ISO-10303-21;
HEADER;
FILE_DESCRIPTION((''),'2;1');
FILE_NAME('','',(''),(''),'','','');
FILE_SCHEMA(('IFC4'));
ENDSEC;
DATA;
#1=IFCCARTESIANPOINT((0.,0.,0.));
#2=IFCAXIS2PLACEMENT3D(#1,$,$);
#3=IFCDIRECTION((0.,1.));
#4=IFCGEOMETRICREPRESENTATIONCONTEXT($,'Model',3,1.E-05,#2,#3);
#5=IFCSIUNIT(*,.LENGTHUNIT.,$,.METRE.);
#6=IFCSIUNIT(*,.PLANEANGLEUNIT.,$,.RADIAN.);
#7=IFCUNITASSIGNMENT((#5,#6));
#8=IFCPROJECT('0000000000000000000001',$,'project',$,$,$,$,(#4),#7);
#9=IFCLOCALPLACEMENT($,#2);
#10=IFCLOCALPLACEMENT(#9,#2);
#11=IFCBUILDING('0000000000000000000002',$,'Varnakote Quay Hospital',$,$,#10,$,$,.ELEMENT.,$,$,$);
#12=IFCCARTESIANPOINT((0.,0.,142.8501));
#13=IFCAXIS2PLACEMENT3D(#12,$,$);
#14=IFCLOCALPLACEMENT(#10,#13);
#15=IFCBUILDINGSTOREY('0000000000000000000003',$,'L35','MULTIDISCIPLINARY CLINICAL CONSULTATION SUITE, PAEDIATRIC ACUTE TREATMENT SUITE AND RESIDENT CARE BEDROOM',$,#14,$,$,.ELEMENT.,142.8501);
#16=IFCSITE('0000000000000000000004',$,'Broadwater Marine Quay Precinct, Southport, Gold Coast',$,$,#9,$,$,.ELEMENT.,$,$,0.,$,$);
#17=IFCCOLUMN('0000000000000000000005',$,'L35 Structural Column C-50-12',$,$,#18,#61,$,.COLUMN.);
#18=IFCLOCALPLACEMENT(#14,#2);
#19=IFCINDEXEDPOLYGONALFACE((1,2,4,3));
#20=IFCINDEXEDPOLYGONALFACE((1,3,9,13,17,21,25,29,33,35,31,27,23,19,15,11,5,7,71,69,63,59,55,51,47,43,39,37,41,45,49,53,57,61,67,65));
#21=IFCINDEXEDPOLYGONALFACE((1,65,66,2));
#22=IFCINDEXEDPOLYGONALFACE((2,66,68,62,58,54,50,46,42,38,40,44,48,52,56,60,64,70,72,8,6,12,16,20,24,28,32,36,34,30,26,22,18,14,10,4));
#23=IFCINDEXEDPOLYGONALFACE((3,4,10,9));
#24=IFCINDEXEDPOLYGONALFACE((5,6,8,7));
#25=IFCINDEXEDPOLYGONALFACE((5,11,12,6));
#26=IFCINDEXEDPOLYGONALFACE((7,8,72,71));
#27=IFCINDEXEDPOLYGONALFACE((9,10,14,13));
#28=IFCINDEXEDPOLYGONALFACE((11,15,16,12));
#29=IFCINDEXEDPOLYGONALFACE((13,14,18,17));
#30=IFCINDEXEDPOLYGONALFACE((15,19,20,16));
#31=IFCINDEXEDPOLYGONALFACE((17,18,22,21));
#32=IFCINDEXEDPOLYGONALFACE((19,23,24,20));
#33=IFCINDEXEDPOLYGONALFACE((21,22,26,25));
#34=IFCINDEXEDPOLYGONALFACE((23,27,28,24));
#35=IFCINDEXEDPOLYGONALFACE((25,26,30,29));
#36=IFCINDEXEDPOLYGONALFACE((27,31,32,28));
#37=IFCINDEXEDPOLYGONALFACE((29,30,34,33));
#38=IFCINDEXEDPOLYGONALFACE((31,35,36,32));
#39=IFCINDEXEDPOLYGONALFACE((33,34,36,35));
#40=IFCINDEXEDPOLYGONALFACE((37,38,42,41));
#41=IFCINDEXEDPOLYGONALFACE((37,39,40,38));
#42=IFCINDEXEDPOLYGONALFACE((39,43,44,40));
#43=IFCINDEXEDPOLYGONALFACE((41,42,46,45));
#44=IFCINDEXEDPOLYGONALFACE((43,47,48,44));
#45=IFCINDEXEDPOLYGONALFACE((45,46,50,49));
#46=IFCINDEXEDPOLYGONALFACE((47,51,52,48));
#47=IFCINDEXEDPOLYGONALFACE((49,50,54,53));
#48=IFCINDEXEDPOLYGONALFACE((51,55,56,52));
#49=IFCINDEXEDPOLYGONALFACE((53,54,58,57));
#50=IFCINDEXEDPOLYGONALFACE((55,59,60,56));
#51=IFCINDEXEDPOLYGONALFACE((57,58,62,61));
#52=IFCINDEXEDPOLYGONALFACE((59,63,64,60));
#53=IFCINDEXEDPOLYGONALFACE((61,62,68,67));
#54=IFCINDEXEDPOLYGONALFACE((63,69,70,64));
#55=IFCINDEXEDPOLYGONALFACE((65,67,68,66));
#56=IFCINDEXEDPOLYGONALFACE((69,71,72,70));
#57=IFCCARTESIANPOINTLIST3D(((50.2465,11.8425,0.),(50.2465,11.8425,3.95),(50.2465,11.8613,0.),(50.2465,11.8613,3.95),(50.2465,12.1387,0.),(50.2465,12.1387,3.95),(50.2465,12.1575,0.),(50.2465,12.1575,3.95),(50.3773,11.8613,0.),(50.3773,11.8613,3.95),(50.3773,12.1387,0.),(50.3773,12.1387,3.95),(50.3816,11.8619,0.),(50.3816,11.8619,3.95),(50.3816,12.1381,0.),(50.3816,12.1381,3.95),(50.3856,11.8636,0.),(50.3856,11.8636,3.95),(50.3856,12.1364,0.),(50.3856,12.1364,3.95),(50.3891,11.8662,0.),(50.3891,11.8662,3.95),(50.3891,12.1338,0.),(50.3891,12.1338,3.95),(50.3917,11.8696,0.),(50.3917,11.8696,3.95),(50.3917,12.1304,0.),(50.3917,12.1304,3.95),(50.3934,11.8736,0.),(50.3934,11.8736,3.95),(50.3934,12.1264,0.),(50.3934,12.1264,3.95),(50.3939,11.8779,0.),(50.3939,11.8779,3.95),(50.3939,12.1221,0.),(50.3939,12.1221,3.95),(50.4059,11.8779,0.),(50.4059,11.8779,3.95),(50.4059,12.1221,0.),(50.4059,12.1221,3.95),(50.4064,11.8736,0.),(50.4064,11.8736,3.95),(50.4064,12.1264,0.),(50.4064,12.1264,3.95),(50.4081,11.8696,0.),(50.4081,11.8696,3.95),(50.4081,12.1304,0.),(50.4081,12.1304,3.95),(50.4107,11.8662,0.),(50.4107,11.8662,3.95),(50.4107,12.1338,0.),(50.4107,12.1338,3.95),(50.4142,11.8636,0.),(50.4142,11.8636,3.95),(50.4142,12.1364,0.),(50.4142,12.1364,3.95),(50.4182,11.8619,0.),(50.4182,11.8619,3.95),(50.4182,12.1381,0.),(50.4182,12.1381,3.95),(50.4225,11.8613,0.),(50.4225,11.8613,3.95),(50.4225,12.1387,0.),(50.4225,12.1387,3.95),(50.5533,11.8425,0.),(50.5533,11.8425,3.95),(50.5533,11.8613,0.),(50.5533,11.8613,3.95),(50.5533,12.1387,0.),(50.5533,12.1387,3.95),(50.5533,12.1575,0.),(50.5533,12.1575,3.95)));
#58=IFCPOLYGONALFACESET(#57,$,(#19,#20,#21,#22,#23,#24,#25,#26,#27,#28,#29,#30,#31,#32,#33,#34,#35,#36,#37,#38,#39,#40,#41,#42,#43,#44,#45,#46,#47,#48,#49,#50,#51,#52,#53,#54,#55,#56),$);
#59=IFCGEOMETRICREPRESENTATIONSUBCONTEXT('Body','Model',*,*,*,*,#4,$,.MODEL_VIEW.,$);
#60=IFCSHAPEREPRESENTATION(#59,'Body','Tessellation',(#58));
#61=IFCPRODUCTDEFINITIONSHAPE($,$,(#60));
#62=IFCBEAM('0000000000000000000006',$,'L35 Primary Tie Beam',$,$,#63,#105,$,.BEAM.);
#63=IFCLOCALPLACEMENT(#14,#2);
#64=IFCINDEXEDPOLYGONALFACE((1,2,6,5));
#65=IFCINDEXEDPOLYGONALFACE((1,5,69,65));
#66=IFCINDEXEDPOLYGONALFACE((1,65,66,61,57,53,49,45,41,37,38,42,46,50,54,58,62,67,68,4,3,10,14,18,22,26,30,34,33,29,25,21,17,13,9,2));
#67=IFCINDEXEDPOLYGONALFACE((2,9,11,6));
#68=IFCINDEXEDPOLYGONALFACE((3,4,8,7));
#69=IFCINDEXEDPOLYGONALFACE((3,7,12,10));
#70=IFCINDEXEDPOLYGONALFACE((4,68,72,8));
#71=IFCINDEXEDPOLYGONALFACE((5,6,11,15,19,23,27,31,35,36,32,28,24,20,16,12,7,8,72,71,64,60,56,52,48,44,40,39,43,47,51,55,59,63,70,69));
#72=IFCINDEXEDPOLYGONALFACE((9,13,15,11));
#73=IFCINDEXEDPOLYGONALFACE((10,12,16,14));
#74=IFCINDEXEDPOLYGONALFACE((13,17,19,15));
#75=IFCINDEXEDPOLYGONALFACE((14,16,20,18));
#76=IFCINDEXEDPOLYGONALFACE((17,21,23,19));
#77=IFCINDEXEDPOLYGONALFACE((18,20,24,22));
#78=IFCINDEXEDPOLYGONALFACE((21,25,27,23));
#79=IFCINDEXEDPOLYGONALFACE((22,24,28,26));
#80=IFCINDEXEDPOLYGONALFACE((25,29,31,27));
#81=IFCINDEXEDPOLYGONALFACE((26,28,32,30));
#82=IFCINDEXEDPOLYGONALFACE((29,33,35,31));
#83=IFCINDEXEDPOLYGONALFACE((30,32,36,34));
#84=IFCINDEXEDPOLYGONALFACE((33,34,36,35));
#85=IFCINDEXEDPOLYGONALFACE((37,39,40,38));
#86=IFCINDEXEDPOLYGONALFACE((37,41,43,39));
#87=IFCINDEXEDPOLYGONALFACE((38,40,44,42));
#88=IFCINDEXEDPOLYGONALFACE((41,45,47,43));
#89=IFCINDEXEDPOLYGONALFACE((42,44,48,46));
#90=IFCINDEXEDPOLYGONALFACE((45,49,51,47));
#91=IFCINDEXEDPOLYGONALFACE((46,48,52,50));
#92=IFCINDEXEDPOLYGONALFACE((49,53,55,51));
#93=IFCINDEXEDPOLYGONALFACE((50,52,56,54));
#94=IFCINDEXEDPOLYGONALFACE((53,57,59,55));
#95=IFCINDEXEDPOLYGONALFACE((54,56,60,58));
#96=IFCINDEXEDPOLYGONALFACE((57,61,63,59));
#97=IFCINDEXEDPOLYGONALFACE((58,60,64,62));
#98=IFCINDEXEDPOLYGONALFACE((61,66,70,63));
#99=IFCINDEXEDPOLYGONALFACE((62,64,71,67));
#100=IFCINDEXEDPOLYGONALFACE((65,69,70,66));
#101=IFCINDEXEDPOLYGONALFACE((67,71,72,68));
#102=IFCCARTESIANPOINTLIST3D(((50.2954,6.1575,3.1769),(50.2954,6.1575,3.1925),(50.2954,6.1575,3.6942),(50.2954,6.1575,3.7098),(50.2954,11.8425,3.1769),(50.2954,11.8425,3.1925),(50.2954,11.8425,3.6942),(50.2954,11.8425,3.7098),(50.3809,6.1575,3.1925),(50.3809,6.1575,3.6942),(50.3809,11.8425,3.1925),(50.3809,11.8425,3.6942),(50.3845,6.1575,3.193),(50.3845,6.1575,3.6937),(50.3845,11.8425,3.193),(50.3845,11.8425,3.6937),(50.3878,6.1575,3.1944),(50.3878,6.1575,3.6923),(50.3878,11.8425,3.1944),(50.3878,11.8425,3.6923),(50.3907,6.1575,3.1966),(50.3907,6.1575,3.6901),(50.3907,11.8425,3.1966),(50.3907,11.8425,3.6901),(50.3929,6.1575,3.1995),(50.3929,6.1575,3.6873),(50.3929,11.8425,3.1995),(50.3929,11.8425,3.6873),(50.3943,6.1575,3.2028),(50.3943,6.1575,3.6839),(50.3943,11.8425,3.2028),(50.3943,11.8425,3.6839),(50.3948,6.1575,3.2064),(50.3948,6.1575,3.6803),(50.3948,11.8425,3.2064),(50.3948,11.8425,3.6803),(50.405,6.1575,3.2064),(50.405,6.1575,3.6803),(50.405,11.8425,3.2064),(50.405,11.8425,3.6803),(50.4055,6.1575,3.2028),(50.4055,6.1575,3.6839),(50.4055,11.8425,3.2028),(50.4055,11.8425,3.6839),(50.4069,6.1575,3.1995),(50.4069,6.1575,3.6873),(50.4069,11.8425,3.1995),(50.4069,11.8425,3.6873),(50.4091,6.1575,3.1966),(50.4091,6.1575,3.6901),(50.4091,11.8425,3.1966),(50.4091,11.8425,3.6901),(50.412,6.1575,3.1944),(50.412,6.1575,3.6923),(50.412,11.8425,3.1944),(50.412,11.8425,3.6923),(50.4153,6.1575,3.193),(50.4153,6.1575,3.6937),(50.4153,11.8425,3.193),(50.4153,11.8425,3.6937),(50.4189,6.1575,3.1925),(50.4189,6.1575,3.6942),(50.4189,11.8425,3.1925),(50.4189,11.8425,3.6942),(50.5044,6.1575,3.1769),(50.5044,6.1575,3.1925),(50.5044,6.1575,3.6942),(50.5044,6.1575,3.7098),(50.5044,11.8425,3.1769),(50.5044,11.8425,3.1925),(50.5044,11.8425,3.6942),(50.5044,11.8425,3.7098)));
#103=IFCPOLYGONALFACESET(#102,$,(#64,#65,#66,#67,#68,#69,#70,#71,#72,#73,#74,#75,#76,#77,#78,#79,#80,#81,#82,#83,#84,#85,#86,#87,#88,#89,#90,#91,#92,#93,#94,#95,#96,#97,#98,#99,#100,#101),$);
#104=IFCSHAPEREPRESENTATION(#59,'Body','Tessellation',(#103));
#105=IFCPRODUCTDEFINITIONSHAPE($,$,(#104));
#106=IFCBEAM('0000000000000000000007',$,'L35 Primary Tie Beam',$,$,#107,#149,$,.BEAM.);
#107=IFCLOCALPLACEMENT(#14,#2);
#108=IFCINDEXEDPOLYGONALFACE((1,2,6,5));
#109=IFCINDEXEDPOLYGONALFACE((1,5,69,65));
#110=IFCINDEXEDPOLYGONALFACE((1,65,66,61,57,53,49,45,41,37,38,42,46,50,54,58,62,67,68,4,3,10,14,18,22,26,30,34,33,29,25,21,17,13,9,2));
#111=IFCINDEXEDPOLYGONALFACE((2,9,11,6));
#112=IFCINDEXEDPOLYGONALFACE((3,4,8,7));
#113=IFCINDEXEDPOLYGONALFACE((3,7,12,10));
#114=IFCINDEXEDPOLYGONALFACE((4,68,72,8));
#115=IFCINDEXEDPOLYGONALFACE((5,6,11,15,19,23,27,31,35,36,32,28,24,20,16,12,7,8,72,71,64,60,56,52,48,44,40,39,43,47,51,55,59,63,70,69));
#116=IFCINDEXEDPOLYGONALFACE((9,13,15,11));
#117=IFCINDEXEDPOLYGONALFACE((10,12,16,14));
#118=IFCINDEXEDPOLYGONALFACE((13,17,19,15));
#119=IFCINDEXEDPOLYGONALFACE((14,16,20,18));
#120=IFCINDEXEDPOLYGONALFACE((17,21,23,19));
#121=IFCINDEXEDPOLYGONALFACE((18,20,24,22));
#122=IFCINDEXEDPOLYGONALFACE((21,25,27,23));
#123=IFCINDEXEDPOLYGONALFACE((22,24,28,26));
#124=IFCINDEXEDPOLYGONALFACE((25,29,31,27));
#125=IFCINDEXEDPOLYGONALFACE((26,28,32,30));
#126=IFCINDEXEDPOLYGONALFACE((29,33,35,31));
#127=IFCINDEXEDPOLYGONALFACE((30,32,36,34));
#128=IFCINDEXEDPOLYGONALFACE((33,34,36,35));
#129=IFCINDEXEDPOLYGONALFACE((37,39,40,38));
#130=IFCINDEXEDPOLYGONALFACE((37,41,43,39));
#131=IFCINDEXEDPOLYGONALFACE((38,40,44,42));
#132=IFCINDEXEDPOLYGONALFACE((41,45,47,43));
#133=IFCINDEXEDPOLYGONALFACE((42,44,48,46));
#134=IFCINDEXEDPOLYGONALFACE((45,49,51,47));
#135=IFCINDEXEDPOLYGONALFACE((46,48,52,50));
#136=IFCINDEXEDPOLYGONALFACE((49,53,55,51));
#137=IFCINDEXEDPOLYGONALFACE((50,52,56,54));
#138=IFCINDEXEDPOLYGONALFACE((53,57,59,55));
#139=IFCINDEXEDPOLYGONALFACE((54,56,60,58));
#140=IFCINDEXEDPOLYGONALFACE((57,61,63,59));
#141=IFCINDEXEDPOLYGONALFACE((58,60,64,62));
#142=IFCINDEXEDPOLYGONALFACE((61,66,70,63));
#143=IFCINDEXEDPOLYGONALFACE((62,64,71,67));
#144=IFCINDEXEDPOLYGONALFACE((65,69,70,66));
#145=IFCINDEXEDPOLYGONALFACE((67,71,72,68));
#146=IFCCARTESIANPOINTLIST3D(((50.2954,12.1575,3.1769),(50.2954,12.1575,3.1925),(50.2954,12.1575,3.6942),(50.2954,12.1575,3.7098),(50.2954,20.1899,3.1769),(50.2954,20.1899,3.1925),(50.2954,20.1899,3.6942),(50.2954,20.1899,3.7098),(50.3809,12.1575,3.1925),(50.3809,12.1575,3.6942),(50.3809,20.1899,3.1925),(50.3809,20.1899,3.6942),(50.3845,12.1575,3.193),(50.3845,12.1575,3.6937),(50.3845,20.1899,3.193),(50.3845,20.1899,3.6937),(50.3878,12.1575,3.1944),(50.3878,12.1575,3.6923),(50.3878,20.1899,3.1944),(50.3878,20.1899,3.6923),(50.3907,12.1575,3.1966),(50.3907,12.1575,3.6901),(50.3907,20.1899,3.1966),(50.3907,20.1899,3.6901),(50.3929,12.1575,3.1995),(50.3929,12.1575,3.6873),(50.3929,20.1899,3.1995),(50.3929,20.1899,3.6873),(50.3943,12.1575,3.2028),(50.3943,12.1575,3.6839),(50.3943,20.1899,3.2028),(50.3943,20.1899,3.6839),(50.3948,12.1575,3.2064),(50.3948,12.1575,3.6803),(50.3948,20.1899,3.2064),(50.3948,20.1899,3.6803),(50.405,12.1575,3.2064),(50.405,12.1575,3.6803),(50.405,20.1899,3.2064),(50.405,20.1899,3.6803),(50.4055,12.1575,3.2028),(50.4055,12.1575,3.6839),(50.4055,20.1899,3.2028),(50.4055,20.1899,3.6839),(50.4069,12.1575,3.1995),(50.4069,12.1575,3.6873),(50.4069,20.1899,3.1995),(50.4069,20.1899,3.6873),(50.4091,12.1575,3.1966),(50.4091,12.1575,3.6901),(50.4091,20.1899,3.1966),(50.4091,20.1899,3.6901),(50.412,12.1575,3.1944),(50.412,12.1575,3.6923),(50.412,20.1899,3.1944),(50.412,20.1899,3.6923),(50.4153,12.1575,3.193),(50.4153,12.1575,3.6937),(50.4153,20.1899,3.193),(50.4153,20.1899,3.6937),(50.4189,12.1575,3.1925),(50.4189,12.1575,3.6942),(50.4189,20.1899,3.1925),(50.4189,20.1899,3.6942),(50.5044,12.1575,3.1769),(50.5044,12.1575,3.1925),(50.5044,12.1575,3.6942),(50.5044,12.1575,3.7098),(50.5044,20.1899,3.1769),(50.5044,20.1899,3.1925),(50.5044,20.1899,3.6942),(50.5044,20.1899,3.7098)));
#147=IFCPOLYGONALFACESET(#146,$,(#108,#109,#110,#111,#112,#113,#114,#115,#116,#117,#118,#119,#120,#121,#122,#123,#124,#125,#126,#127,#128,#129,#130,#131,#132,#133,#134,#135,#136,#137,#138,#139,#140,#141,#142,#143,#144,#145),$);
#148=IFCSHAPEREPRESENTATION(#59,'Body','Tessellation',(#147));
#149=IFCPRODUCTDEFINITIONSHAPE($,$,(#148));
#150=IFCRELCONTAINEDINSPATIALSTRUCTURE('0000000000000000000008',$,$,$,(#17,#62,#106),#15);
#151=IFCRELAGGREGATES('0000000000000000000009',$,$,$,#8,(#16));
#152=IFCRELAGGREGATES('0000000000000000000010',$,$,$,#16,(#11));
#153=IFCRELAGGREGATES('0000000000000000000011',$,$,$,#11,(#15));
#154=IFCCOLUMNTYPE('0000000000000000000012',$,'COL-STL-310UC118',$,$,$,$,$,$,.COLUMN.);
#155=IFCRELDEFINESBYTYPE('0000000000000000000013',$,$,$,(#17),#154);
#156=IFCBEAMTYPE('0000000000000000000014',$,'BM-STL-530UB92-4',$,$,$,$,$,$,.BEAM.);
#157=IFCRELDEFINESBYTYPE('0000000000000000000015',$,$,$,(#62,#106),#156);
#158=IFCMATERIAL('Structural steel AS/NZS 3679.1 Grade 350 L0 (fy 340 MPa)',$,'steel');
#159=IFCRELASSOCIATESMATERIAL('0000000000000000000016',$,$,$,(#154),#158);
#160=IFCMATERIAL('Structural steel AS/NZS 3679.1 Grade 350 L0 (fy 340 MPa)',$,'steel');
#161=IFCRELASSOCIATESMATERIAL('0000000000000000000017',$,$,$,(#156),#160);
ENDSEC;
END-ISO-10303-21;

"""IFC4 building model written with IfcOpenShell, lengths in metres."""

from ifc_helpers import new_model, si_unit, direction, frame, origin, origin_2d, place, context, subcontext, project, spatial, i_section, extrude, material, material_profile, profile_set, type_object, element, save


model = new_model("IFC4")

# Units and contexts
model_context = context("Model", 3, precision=1e-05, world=origin(), true_north=direction((0.0, 1.0)))
body_context = subcontext(model_context, "Body", "Model", "MODEL_VIEW")
ifc_project = project(units=[si_unit("LENGTHUNIT", "METRE"), si_unit("PLANEANGLEUNIT", "RADIAN")], contexts=[model_context])

# Site, building, storey
site_placement = place(None, origin())
site = spatial("IfcSite", under=ifc_project, at=site_placement, Name="Broadwater Marine Quay Precinct, Southport, Gold Coast", CompositionType="ELEMENT", RefElevation=0.0)
building_placement = place(site_placement, origin())
building = spatial("IfcBuilding", under=site, at=building_placement, Name="Varnakote Quay Hospital", CompositionType="ELEMENT")
storey_placement = place(building_placement, frame((0.0, 0.0, 142.8501)))
storey = spatial("IfcBuildingStorey", under=building, at=storey_placement, Name="L35", Description="MULTIDISCIPLINARY CLINICAL CONSULTATION SUITE, PAEDIATRIC ACUTE TREATMENT SUITE AND RESIDENT CARE BEDROOM", CompositionType="ELEMENT", Elevation=142.8501)

# Column
ifc_material_1 = material(Name="Structural steel AS/NZS 3679.1 Grade 350 L0 (fy 340 MPa)", Category="steel")
ifc_material_profile_1 = material_profile(ifc_material_1, i_section(OverallWidth=0.3069, OverallDepth=0.3149, WebThickness=0.012, FlangeThickness=0.0188, FilletRadius=0.0166, at=origin_2d()), Name="310UC118")
ifc_profile_set_1 = profile_set([ifc_material_profile_1], Name="Structural steel AS/NZS 3679.1 Grade 350 L0 (fy 340 MPa)")
column_type = type_object("IfcColumnType", Name="COL-STL-310UC118", PredefinedType="COLUMN", material=ifc_profile_set_1)
column_placement = place(storey_placement, frame((50.3999, 12.0, 0.0), z_axis=(0.0, 0.0, 1.0), x_axis=(1.0, 0.0, 0.0)))
element("IfcColumn", 1, at=column_placement, inside=storey, type_object=column_type, Name="L35 Structural Column C-50-12", PredefinedType="COLUMN", context=body_context, shape_type="SweptSolid", body=[
    extrude(i_section(OverallWidth=0.3069, OverallDepth=0.3149, WebThickness=0.012, FlangeThickness=0.0188, FilletRadius=0.0166, at=origin_2d()), origin(), (0.0, 0.0, 1.0), 3.95),
])

# Beams
ifc_material_2 = material(Name="Structural steel AS/NZS 3679.1 Grade 350 L0 (fy 340 MPa)", Category="steel")
ifc_material_profile_2 = material_profile(ifc_material_2, i_section(OverallWidth=0.209, OverallDepth=0.533, WebThickness=0.0103, FlangeThickness=0.0156, FilletRadius=0.0139, at=origin_2d()), Name="530UB92.4")
ifc_profile_set_2 = profile_set([ifc_material_profile_2], Name="Structural steel AS/NZS 3679.1 Grade 350 L0 (fy 340 MPa)")
beam_type = type_object("IfcBeamType", Name="BM-STL-530UB92-4", PredefinedType="BEAM", material=ifc_profile_set_2)
beam_1_placement = place(storey_placement, frame((50.3999, 6.1575, 3.4434), z_axis=(0.0, 1.0, 0.0), x_axis=(-1.0, 0.0, 0.0)))
element("IfcBeam", 2, at=beam_1_placement, inside=storey, type_object=beam_type, Name="L35 Primary Tie Beam", PredefinedType="BEAM", context=body_context, shape_type="SweptSolid", body=[
    extrude(i_section(OverallWidth=0.209, OverallDepth=0.533, WebThickness=0.0103, FlangeThickness=0.0156, FilletRadius=0.0139, at=origin_2d()), origin(), (0.0, 0.0, 1.0), 5.6851),
])
beam_2_placement = place(storey_placement, frame((50.3999, 12.1575, 3.4434), z_axis=(0.0, 1.0, 0.0), x_axis=(-1.0, 0.0, 0.0)))
element("IfcBeam", 3, at=beam_2_placement, inside=storey, type_object=beam_type, Name="L35 Primary Tie Beam", PredefinedType="BEAM", context=body_context, shape_type="SweptSolid", body=[
    extrude(i_section(OverallWidth=0.209, OverallDepth=0.533, WebThickness=0.0103, FlangeThickness=0.0156, FilletRadius=0.0139, at=origin_2d()), origin(), (0.0, 0.0, 1.0), 8.0325),
])

save(model, "model.ifc")
